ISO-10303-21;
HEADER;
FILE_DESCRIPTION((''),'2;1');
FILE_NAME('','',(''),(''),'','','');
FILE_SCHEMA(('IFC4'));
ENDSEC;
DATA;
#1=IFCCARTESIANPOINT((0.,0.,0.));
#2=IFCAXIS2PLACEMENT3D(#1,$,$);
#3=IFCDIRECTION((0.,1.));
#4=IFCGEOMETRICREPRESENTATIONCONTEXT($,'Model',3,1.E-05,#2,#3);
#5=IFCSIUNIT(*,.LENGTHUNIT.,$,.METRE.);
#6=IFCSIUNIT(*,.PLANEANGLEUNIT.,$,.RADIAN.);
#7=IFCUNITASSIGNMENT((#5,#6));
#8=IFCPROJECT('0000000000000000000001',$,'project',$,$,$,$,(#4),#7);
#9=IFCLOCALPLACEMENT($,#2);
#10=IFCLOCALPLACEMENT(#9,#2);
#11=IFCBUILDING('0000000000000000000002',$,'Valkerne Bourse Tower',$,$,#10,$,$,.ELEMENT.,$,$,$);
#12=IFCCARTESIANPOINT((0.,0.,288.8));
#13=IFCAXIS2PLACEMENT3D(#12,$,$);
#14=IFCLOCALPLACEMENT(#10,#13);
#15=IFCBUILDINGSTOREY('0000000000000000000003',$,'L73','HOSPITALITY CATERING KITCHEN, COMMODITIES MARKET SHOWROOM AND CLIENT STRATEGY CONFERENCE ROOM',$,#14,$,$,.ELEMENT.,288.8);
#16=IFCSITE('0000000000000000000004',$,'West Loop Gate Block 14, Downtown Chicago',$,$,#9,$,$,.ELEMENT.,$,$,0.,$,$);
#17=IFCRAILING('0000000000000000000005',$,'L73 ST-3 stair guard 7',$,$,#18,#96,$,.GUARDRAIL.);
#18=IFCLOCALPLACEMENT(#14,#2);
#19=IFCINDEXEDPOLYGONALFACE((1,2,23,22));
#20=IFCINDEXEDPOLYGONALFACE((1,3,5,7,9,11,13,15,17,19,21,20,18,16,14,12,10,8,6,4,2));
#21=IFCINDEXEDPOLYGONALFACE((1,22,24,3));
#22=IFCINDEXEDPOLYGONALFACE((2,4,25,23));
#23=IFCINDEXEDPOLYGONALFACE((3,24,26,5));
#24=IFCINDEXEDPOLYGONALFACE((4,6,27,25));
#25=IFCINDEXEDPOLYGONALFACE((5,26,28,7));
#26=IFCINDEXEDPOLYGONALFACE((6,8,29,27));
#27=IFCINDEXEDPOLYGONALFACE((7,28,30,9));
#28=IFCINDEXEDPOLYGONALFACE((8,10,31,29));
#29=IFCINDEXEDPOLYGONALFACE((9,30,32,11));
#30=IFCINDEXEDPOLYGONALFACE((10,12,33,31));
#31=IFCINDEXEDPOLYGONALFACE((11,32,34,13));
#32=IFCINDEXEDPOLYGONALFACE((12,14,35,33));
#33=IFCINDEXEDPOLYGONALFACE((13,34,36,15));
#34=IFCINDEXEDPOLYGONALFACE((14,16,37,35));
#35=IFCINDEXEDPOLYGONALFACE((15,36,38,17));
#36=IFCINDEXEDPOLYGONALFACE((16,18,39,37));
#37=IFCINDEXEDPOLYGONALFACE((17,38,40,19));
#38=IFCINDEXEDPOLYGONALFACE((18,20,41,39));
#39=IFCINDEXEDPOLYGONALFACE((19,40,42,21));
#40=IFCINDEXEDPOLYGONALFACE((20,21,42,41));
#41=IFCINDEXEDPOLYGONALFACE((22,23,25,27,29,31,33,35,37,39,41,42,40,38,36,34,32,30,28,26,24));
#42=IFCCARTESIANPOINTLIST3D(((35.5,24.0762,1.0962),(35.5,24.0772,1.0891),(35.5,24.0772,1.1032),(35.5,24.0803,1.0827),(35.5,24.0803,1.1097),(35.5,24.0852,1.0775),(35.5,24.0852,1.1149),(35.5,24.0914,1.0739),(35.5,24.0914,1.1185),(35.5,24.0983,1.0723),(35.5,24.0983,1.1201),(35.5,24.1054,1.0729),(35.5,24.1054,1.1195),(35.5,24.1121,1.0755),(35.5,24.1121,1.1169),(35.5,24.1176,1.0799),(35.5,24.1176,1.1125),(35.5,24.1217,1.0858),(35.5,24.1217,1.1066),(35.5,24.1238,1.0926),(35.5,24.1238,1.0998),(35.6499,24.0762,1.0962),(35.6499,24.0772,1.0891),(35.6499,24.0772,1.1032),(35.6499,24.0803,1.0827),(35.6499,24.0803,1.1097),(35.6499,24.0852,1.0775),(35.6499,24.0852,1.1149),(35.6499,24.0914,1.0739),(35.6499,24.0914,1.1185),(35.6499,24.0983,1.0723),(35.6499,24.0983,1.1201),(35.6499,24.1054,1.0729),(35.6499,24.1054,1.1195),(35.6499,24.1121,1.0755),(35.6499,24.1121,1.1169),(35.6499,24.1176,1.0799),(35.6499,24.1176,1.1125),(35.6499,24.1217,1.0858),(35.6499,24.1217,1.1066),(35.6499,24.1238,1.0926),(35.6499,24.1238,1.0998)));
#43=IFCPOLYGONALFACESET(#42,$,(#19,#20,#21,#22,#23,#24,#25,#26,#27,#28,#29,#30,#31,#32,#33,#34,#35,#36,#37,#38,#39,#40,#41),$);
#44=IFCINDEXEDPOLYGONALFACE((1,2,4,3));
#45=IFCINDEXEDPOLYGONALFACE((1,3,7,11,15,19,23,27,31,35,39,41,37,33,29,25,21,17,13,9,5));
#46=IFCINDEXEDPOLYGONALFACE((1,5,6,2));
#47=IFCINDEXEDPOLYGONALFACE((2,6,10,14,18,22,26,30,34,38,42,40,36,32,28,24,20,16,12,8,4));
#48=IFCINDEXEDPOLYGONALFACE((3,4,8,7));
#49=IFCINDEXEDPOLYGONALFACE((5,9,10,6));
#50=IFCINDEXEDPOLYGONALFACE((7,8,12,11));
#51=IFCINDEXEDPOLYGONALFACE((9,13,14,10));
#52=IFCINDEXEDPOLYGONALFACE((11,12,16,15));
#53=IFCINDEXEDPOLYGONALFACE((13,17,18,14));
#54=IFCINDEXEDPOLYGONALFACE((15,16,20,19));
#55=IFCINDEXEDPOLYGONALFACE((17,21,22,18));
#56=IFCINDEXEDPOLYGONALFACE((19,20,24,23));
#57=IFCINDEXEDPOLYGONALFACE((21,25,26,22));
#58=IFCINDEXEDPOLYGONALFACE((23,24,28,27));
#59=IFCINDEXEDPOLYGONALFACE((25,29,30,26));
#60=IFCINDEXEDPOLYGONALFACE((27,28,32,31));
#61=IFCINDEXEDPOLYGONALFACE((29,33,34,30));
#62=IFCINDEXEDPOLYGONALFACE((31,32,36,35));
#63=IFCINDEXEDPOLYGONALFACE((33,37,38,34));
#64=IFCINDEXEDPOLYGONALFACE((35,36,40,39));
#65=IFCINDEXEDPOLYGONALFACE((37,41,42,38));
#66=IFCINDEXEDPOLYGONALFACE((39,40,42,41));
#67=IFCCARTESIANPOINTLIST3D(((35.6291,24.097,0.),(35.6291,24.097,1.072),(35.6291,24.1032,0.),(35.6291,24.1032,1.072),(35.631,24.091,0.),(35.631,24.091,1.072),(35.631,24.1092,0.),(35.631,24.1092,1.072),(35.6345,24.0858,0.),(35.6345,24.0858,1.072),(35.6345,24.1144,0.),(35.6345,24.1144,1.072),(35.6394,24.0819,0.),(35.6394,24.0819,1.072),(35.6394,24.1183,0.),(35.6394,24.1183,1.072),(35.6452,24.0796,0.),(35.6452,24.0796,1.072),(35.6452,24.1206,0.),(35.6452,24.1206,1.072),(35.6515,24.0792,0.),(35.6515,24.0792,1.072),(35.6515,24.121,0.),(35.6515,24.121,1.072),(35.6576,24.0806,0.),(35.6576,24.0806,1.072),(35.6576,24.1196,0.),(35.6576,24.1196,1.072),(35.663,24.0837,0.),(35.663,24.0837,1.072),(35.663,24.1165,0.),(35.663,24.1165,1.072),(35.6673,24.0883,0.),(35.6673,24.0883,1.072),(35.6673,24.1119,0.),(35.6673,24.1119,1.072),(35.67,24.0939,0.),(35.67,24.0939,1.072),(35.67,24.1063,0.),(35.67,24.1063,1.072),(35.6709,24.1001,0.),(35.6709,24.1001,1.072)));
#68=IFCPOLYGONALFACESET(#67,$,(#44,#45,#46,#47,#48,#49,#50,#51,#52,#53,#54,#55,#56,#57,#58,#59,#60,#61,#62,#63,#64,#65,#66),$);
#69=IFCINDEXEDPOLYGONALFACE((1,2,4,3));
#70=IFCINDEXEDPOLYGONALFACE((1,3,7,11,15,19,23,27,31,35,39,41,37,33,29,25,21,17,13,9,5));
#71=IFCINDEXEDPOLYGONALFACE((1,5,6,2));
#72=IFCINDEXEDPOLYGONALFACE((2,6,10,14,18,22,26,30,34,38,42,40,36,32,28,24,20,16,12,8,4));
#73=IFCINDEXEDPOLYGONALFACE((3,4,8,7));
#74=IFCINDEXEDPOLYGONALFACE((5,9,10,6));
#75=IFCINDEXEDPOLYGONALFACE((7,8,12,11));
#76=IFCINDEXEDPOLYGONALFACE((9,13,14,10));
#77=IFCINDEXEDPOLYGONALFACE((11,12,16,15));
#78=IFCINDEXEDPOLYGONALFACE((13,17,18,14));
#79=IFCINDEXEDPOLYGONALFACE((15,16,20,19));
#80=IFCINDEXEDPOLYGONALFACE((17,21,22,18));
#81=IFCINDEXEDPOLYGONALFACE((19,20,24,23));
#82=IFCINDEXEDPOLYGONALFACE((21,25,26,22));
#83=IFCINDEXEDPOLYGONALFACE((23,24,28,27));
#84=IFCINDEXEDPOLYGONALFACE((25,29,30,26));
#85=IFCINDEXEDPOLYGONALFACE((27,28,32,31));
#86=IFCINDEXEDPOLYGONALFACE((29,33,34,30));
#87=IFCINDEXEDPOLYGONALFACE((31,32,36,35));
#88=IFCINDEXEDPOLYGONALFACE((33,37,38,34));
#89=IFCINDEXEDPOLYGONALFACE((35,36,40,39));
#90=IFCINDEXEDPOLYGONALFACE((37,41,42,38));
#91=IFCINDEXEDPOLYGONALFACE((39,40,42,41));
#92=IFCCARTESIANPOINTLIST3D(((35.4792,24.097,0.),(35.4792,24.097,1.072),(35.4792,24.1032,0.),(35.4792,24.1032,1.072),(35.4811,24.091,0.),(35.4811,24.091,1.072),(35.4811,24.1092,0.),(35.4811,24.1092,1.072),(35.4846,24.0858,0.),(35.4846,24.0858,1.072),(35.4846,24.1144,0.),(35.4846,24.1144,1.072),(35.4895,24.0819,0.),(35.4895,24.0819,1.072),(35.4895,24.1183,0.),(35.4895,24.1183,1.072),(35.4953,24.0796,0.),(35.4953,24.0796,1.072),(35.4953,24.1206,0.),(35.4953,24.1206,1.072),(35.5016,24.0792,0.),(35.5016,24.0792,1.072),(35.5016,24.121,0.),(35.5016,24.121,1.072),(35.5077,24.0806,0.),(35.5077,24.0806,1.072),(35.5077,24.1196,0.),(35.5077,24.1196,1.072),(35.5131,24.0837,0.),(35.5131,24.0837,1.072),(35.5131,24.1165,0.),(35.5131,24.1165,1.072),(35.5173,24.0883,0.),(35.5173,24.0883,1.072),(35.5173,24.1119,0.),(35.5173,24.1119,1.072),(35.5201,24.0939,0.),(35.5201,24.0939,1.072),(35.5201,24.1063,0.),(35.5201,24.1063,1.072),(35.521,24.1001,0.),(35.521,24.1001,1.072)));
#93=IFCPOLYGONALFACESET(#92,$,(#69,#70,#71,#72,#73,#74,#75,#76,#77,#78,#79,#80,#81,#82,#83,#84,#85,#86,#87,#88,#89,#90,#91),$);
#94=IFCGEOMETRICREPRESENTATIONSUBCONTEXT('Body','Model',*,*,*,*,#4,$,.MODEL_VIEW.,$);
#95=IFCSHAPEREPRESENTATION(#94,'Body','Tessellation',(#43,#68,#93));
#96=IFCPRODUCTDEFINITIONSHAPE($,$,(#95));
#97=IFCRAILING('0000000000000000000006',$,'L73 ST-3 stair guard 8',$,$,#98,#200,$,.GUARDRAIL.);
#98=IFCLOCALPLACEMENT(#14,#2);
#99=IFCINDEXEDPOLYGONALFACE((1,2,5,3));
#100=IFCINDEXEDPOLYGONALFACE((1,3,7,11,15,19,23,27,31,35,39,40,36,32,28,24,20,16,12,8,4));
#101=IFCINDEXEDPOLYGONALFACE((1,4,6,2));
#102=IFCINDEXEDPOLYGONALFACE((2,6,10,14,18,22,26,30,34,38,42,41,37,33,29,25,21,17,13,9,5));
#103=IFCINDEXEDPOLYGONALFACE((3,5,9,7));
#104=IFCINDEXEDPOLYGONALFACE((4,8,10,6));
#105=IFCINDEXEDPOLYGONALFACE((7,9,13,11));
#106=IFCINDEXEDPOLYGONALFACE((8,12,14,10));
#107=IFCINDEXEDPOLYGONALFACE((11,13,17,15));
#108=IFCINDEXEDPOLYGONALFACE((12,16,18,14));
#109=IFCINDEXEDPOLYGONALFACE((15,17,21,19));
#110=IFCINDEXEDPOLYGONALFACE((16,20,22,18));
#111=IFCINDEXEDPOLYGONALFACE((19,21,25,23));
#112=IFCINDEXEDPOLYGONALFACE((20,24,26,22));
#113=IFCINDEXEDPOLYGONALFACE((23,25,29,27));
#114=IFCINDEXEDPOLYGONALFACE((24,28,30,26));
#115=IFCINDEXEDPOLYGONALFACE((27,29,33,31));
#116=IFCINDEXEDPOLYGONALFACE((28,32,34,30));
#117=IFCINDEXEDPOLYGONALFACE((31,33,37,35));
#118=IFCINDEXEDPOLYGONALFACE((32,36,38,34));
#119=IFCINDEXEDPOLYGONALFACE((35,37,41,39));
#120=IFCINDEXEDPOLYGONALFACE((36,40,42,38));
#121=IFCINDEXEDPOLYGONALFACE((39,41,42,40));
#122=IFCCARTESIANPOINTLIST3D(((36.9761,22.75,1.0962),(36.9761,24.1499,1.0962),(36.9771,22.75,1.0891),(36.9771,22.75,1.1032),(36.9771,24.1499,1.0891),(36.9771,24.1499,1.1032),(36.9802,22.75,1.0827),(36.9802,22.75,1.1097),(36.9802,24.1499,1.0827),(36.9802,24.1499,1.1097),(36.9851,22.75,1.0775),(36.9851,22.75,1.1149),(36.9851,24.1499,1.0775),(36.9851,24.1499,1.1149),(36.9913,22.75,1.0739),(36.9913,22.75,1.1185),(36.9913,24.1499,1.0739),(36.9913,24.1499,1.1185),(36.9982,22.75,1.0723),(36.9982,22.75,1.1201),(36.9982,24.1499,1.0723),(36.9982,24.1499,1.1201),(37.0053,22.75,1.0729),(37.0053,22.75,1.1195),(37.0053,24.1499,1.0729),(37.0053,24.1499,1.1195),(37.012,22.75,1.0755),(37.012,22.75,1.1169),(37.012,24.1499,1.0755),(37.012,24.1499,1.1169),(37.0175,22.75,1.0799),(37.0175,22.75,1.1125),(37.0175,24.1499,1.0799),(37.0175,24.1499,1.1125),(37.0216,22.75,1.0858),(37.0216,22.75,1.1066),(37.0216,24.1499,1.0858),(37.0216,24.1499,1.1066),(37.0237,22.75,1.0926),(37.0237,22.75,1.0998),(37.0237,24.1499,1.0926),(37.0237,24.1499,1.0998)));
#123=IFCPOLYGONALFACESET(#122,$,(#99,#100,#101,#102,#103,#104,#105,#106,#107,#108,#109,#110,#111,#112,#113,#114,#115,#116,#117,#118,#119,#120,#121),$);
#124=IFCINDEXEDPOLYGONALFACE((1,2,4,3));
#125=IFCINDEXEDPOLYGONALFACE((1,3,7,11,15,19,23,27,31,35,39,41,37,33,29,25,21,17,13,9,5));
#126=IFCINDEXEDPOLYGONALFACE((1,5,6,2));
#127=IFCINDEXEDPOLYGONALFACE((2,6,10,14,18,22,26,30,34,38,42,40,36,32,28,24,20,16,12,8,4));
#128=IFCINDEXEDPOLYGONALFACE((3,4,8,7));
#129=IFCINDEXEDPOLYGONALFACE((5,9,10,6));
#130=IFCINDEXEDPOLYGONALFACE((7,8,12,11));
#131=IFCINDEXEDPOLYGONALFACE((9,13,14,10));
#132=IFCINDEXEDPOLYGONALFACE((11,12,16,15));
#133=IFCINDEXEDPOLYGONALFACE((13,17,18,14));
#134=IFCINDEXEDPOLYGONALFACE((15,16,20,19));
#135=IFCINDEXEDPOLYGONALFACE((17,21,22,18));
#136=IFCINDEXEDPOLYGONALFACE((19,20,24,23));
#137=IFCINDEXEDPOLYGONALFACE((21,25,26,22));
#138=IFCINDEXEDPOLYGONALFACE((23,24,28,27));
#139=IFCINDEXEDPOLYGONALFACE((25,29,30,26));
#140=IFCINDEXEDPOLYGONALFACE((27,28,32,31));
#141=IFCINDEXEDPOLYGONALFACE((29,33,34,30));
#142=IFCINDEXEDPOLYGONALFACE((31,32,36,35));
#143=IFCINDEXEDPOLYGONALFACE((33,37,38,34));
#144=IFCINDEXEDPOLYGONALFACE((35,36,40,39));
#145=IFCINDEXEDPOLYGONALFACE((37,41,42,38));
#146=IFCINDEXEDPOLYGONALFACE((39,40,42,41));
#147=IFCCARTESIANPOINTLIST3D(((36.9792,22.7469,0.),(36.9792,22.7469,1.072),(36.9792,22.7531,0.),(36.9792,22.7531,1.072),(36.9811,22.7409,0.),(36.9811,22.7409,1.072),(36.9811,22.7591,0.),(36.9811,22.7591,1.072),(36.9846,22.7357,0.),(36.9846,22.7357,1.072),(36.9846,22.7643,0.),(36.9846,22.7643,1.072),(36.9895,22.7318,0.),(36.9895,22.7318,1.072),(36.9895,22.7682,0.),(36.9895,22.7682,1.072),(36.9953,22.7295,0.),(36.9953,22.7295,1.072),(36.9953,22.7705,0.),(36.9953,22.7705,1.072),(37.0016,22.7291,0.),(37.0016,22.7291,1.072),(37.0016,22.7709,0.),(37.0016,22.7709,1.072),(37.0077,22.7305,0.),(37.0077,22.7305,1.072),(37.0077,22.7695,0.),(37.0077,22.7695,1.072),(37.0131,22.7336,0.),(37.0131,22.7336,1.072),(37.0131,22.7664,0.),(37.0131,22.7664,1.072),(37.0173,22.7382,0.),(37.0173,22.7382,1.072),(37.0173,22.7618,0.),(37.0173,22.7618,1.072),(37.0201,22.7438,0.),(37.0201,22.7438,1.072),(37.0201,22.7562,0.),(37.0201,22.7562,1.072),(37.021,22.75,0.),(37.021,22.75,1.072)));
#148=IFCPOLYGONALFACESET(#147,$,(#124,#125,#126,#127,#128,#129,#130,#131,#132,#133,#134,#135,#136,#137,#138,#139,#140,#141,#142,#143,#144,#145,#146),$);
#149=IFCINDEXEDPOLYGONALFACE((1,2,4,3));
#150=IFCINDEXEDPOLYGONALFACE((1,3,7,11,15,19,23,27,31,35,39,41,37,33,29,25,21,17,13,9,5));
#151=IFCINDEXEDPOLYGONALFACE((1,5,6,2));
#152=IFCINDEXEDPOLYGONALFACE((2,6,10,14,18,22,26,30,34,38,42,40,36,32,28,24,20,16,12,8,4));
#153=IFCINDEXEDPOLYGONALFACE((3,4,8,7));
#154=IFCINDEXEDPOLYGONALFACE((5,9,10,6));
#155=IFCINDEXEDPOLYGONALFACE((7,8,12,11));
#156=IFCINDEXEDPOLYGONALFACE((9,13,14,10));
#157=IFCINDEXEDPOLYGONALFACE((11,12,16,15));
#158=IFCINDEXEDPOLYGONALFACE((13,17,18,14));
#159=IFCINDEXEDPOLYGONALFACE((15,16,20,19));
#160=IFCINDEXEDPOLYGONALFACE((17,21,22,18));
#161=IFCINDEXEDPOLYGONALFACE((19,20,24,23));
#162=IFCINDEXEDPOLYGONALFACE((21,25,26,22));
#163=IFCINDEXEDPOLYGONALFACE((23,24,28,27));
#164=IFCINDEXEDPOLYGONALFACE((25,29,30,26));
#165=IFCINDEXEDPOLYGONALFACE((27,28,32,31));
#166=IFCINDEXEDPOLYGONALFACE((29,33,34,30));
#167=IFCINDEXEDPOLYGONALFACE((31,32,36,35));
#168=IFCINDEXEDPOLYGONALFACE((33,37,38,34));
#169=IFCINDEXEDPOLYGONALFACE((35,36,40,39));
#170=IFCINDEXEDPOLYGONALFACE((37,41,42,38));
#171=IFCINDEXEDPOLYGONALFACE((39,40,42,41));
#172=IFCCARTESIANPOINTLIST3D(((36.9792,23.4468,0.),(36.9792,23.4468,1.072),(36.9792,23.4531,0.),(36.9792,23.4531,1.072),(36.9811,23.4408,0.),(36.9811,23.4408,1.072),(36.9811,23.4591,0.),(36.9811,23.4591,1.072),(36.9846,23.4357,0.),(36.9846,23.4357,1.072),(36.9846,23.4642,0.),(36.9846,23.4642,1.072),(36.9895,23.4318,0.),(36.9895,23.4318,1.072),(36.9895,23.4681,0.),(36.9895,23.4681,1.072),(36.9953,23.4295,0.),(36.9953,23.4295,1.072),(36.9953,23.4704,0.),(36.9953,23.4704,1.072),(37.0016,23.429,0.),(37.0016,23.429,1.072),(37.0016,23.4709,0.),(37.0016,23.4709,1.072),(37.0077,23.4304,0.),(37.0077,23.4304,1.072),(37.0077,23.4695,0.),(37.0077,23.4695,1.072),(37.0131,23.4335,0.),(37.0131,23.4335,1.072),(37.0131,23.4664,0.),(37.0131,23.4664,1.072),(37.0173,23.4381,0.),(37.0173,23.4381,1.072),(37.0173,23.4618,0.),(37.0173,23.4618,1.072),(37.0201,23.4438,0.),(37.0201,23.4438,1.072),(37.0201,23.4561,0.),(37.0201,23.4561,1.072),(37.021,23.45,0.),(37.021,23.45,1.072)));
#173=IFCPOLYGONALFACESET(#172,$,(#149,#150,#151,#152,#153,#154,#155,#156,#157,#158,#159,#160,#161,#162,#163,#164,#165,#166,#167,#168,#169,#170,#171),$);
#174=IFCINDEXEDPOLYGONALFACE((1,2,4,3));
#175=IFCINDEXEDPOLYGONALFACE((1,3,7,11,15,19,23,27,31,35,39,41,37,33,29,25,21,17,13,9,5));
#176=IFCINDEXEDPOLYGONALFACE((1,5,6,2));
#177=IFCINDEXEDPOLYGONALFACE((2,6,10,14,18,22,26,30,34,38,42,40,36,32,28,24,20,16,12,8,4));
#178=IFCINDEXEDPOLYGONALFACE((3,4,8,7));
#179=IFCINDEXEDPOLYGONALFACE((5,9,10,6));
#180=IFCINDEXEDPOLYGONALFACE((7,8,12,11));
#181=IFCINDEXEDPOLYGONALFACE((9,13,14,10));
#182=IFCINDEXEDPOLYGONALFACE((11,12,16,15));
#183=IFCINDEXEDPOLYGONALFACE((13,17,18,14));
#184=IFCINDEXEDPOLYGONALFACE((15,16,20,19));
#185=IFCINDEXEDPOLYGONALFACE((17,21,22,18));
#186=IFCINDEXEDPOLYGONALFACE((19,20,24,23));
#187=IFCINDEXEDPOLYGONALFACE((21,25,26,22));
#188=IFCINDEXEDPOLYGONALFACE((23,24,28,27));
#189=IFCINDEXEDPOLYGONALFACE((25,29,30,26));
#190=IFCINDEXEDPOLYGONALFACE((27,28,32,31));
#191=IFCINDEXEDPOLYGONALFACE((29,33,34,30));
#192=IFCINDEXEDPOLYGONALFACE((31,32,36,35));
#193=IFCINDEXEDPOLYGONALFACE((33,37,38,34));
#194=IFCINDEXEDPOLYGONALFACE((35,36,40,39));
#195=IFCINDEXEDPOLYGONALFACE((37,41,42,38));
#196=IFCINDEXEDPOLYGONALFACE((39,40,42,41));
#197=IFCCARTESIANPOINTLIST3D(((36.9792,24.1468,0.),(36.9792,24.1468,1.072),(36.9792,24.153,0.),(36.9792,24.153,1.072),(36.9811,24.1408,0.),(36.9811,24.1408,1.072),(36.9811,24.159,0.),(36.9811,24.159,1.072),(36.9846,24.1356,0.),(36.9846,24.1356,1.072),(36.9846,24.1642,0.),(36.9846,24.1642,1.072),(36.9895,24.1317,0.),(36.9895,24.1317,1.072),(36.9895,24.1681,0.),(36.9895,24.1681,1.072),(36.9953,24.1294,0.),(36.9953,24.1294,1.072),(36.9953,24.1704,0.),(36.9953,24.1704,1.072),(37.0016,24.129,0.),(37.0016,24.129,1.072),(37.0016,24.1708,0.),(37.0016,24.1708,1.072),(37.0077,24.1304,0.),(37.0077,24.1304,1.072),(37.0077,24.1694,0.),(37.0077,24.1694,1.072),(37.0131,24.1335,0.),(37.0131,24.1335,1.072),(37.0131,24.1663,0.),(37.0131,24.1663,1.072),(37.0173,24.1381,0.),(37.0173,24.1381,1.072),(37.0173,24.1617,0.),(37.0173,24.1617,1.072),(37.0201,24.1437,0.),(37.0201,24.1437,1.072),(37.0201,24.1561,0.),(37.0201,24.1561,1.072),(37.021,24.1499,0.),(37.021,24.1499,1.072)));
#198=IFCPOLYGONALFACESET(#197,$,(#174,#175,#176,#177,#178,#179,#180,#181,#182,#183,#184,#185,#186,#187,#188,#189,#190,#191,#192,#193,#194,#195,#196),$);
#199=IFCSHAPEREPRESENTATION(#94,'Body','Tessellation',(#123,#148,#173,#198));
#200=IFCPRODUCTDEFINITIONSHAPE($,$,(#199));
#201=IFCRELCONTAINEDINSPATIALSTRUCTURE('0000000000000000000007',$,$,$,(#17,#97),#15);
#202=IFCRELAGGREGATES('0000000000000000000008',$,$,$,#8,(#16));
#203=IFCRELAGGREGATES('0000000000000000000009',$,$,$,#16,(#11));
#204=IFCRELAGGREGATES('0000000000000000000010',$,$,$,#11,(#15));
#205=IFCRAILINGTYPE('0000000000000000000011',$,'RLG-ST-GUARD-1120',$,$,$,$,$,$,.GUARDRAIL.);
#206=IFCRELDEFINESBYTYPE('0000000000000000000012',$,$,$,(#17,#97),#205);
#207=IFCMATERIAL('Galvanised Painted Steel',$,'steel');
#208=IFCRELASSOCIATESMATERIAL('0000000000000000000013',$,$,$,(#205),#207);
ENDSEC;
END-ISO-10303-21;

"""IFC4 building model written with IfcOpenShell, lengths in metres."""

from ifc_helpers import new_model, si_unit, direction, frame, origin, origin_2d, place, context, subcontext, project, spatial, circle, extrude, material, type_object, element, save


model = new_model("IFC4")

# Units and contexts
model_context = context("Model", 3, precision=1e-05, world=origin(), true_north=direction((0.0, 1.0)))
body_context = subcontext(model_context, "Body", "Model", "MODEL_VIEW")
ifc_project = project(units=[si_unit("LENGTHUNIT", "METRE"), si_unit("PLANEANGLEUNIT", "RADIAN")], contexts=[model_context])

# Site, building, storey
site_placement = place(None, origin())
site = spatial("IfcSite", under=ifc_project, at=site_placement, Name="West Loop Gate Block 14, Downtown Chicago", CompositionType="ELEMENT", RefElevation=0.0)
building_placement = place(site_placement, origin())
building = spatial("IfcBuilding", under=site, at=building_placement, Name="Valkerne Bourse Tower", CompositionType="ELEMENT")
storey_placement = place(building_placement, frame((0.0, 0.0, 288.8)))
storey = spatial("IfcBuildingStorey", under=building, at=storey_placement, Name="L73", Description="HOSPITALITY CATERING KITCHEN, COMMODITIES MARKET SHOWROOM AND CLIENT STRATEGY CONFERENCE ROOM", CompositionType="ELEMENT", Elevation=288.8)

# Shared definitions
ifc_material_1 = material(Name="Galvanised Painted Steel", Category="steel")

# Railings
railing_type_1 = type_object("IfcRailingType", Name="RLG-ST-GUARD-1120", PredefinedType="GUARDRAIL", material=ifc_material_1)
railing_1_placement = place(storey_placement, frame((35.6499, 24.1001, 0.0)))
element("IfcRailing", 1, at=railing_1_placement, inside=storey, type_object=railing_type_1, Name="L73 ST-3 stair guard 7", PredefinedType="GUARDRAIL", context=body_context, shape_type="SweptSolid", body=[
    extrude(circle(Radius=0.0239, at=origin_2d()), frame((0.0, 0.0, 1.0962), z_axis=(-1.0, 0.0, 0.0), x_axis=(0.0, -1.0, 0.0)), (0.0, 0.0, 1.0), 0.1499),
    extrude(circle(Radius=0.021, at=origin_2d()), origin(), (0.0, 0.0, 1.0), 1.072),
    extrude(circle(Radius=0.021, at=origin_2d()), frame((-0.1499, 0.0, 0.0)), (0.0, 0.0, 1.0), 1.072),
])
for number, where, name in (
    (2, (37.0, 22.75, 0.0), "L73 ST-3 stair guard 8"),
):
    element("IfcRailing", number, at=place(storey_placement, frame(where)), inside=storey, type_object=railing_type_1, Name=name, PredefinedType="GUARDRAIL", context=body_context, shape_type="SweptSolid", body=[
        extrude(circle(Radius=0.0239, at=origin_2d()), frame((0.0, 0.0, 1.0962), z_axis=(0.0, 1.0, 0.0), x_axis=(-1.0, 0.0, 0.0)), (0.0, 0.0, 1.0), 1.3999),
        extrude(circle(Radius=0.021, at=origin_2d()), origin(), (0.0, 0.0, 1.0), 1.072),
        extrude(circle(Radius=0.021, at=origin_2d()), frame((0.0, 0.7, 0.0)), (0.0, 0.0, 1.0), 1.072),
        extrude(circle(Radius=0.021, at=origin_2d()), frame((0.0, 1.3999, 0.0)), (0.0, 0.0, 1.0), 1.072),
    ])

save(model, "model.ifc")
